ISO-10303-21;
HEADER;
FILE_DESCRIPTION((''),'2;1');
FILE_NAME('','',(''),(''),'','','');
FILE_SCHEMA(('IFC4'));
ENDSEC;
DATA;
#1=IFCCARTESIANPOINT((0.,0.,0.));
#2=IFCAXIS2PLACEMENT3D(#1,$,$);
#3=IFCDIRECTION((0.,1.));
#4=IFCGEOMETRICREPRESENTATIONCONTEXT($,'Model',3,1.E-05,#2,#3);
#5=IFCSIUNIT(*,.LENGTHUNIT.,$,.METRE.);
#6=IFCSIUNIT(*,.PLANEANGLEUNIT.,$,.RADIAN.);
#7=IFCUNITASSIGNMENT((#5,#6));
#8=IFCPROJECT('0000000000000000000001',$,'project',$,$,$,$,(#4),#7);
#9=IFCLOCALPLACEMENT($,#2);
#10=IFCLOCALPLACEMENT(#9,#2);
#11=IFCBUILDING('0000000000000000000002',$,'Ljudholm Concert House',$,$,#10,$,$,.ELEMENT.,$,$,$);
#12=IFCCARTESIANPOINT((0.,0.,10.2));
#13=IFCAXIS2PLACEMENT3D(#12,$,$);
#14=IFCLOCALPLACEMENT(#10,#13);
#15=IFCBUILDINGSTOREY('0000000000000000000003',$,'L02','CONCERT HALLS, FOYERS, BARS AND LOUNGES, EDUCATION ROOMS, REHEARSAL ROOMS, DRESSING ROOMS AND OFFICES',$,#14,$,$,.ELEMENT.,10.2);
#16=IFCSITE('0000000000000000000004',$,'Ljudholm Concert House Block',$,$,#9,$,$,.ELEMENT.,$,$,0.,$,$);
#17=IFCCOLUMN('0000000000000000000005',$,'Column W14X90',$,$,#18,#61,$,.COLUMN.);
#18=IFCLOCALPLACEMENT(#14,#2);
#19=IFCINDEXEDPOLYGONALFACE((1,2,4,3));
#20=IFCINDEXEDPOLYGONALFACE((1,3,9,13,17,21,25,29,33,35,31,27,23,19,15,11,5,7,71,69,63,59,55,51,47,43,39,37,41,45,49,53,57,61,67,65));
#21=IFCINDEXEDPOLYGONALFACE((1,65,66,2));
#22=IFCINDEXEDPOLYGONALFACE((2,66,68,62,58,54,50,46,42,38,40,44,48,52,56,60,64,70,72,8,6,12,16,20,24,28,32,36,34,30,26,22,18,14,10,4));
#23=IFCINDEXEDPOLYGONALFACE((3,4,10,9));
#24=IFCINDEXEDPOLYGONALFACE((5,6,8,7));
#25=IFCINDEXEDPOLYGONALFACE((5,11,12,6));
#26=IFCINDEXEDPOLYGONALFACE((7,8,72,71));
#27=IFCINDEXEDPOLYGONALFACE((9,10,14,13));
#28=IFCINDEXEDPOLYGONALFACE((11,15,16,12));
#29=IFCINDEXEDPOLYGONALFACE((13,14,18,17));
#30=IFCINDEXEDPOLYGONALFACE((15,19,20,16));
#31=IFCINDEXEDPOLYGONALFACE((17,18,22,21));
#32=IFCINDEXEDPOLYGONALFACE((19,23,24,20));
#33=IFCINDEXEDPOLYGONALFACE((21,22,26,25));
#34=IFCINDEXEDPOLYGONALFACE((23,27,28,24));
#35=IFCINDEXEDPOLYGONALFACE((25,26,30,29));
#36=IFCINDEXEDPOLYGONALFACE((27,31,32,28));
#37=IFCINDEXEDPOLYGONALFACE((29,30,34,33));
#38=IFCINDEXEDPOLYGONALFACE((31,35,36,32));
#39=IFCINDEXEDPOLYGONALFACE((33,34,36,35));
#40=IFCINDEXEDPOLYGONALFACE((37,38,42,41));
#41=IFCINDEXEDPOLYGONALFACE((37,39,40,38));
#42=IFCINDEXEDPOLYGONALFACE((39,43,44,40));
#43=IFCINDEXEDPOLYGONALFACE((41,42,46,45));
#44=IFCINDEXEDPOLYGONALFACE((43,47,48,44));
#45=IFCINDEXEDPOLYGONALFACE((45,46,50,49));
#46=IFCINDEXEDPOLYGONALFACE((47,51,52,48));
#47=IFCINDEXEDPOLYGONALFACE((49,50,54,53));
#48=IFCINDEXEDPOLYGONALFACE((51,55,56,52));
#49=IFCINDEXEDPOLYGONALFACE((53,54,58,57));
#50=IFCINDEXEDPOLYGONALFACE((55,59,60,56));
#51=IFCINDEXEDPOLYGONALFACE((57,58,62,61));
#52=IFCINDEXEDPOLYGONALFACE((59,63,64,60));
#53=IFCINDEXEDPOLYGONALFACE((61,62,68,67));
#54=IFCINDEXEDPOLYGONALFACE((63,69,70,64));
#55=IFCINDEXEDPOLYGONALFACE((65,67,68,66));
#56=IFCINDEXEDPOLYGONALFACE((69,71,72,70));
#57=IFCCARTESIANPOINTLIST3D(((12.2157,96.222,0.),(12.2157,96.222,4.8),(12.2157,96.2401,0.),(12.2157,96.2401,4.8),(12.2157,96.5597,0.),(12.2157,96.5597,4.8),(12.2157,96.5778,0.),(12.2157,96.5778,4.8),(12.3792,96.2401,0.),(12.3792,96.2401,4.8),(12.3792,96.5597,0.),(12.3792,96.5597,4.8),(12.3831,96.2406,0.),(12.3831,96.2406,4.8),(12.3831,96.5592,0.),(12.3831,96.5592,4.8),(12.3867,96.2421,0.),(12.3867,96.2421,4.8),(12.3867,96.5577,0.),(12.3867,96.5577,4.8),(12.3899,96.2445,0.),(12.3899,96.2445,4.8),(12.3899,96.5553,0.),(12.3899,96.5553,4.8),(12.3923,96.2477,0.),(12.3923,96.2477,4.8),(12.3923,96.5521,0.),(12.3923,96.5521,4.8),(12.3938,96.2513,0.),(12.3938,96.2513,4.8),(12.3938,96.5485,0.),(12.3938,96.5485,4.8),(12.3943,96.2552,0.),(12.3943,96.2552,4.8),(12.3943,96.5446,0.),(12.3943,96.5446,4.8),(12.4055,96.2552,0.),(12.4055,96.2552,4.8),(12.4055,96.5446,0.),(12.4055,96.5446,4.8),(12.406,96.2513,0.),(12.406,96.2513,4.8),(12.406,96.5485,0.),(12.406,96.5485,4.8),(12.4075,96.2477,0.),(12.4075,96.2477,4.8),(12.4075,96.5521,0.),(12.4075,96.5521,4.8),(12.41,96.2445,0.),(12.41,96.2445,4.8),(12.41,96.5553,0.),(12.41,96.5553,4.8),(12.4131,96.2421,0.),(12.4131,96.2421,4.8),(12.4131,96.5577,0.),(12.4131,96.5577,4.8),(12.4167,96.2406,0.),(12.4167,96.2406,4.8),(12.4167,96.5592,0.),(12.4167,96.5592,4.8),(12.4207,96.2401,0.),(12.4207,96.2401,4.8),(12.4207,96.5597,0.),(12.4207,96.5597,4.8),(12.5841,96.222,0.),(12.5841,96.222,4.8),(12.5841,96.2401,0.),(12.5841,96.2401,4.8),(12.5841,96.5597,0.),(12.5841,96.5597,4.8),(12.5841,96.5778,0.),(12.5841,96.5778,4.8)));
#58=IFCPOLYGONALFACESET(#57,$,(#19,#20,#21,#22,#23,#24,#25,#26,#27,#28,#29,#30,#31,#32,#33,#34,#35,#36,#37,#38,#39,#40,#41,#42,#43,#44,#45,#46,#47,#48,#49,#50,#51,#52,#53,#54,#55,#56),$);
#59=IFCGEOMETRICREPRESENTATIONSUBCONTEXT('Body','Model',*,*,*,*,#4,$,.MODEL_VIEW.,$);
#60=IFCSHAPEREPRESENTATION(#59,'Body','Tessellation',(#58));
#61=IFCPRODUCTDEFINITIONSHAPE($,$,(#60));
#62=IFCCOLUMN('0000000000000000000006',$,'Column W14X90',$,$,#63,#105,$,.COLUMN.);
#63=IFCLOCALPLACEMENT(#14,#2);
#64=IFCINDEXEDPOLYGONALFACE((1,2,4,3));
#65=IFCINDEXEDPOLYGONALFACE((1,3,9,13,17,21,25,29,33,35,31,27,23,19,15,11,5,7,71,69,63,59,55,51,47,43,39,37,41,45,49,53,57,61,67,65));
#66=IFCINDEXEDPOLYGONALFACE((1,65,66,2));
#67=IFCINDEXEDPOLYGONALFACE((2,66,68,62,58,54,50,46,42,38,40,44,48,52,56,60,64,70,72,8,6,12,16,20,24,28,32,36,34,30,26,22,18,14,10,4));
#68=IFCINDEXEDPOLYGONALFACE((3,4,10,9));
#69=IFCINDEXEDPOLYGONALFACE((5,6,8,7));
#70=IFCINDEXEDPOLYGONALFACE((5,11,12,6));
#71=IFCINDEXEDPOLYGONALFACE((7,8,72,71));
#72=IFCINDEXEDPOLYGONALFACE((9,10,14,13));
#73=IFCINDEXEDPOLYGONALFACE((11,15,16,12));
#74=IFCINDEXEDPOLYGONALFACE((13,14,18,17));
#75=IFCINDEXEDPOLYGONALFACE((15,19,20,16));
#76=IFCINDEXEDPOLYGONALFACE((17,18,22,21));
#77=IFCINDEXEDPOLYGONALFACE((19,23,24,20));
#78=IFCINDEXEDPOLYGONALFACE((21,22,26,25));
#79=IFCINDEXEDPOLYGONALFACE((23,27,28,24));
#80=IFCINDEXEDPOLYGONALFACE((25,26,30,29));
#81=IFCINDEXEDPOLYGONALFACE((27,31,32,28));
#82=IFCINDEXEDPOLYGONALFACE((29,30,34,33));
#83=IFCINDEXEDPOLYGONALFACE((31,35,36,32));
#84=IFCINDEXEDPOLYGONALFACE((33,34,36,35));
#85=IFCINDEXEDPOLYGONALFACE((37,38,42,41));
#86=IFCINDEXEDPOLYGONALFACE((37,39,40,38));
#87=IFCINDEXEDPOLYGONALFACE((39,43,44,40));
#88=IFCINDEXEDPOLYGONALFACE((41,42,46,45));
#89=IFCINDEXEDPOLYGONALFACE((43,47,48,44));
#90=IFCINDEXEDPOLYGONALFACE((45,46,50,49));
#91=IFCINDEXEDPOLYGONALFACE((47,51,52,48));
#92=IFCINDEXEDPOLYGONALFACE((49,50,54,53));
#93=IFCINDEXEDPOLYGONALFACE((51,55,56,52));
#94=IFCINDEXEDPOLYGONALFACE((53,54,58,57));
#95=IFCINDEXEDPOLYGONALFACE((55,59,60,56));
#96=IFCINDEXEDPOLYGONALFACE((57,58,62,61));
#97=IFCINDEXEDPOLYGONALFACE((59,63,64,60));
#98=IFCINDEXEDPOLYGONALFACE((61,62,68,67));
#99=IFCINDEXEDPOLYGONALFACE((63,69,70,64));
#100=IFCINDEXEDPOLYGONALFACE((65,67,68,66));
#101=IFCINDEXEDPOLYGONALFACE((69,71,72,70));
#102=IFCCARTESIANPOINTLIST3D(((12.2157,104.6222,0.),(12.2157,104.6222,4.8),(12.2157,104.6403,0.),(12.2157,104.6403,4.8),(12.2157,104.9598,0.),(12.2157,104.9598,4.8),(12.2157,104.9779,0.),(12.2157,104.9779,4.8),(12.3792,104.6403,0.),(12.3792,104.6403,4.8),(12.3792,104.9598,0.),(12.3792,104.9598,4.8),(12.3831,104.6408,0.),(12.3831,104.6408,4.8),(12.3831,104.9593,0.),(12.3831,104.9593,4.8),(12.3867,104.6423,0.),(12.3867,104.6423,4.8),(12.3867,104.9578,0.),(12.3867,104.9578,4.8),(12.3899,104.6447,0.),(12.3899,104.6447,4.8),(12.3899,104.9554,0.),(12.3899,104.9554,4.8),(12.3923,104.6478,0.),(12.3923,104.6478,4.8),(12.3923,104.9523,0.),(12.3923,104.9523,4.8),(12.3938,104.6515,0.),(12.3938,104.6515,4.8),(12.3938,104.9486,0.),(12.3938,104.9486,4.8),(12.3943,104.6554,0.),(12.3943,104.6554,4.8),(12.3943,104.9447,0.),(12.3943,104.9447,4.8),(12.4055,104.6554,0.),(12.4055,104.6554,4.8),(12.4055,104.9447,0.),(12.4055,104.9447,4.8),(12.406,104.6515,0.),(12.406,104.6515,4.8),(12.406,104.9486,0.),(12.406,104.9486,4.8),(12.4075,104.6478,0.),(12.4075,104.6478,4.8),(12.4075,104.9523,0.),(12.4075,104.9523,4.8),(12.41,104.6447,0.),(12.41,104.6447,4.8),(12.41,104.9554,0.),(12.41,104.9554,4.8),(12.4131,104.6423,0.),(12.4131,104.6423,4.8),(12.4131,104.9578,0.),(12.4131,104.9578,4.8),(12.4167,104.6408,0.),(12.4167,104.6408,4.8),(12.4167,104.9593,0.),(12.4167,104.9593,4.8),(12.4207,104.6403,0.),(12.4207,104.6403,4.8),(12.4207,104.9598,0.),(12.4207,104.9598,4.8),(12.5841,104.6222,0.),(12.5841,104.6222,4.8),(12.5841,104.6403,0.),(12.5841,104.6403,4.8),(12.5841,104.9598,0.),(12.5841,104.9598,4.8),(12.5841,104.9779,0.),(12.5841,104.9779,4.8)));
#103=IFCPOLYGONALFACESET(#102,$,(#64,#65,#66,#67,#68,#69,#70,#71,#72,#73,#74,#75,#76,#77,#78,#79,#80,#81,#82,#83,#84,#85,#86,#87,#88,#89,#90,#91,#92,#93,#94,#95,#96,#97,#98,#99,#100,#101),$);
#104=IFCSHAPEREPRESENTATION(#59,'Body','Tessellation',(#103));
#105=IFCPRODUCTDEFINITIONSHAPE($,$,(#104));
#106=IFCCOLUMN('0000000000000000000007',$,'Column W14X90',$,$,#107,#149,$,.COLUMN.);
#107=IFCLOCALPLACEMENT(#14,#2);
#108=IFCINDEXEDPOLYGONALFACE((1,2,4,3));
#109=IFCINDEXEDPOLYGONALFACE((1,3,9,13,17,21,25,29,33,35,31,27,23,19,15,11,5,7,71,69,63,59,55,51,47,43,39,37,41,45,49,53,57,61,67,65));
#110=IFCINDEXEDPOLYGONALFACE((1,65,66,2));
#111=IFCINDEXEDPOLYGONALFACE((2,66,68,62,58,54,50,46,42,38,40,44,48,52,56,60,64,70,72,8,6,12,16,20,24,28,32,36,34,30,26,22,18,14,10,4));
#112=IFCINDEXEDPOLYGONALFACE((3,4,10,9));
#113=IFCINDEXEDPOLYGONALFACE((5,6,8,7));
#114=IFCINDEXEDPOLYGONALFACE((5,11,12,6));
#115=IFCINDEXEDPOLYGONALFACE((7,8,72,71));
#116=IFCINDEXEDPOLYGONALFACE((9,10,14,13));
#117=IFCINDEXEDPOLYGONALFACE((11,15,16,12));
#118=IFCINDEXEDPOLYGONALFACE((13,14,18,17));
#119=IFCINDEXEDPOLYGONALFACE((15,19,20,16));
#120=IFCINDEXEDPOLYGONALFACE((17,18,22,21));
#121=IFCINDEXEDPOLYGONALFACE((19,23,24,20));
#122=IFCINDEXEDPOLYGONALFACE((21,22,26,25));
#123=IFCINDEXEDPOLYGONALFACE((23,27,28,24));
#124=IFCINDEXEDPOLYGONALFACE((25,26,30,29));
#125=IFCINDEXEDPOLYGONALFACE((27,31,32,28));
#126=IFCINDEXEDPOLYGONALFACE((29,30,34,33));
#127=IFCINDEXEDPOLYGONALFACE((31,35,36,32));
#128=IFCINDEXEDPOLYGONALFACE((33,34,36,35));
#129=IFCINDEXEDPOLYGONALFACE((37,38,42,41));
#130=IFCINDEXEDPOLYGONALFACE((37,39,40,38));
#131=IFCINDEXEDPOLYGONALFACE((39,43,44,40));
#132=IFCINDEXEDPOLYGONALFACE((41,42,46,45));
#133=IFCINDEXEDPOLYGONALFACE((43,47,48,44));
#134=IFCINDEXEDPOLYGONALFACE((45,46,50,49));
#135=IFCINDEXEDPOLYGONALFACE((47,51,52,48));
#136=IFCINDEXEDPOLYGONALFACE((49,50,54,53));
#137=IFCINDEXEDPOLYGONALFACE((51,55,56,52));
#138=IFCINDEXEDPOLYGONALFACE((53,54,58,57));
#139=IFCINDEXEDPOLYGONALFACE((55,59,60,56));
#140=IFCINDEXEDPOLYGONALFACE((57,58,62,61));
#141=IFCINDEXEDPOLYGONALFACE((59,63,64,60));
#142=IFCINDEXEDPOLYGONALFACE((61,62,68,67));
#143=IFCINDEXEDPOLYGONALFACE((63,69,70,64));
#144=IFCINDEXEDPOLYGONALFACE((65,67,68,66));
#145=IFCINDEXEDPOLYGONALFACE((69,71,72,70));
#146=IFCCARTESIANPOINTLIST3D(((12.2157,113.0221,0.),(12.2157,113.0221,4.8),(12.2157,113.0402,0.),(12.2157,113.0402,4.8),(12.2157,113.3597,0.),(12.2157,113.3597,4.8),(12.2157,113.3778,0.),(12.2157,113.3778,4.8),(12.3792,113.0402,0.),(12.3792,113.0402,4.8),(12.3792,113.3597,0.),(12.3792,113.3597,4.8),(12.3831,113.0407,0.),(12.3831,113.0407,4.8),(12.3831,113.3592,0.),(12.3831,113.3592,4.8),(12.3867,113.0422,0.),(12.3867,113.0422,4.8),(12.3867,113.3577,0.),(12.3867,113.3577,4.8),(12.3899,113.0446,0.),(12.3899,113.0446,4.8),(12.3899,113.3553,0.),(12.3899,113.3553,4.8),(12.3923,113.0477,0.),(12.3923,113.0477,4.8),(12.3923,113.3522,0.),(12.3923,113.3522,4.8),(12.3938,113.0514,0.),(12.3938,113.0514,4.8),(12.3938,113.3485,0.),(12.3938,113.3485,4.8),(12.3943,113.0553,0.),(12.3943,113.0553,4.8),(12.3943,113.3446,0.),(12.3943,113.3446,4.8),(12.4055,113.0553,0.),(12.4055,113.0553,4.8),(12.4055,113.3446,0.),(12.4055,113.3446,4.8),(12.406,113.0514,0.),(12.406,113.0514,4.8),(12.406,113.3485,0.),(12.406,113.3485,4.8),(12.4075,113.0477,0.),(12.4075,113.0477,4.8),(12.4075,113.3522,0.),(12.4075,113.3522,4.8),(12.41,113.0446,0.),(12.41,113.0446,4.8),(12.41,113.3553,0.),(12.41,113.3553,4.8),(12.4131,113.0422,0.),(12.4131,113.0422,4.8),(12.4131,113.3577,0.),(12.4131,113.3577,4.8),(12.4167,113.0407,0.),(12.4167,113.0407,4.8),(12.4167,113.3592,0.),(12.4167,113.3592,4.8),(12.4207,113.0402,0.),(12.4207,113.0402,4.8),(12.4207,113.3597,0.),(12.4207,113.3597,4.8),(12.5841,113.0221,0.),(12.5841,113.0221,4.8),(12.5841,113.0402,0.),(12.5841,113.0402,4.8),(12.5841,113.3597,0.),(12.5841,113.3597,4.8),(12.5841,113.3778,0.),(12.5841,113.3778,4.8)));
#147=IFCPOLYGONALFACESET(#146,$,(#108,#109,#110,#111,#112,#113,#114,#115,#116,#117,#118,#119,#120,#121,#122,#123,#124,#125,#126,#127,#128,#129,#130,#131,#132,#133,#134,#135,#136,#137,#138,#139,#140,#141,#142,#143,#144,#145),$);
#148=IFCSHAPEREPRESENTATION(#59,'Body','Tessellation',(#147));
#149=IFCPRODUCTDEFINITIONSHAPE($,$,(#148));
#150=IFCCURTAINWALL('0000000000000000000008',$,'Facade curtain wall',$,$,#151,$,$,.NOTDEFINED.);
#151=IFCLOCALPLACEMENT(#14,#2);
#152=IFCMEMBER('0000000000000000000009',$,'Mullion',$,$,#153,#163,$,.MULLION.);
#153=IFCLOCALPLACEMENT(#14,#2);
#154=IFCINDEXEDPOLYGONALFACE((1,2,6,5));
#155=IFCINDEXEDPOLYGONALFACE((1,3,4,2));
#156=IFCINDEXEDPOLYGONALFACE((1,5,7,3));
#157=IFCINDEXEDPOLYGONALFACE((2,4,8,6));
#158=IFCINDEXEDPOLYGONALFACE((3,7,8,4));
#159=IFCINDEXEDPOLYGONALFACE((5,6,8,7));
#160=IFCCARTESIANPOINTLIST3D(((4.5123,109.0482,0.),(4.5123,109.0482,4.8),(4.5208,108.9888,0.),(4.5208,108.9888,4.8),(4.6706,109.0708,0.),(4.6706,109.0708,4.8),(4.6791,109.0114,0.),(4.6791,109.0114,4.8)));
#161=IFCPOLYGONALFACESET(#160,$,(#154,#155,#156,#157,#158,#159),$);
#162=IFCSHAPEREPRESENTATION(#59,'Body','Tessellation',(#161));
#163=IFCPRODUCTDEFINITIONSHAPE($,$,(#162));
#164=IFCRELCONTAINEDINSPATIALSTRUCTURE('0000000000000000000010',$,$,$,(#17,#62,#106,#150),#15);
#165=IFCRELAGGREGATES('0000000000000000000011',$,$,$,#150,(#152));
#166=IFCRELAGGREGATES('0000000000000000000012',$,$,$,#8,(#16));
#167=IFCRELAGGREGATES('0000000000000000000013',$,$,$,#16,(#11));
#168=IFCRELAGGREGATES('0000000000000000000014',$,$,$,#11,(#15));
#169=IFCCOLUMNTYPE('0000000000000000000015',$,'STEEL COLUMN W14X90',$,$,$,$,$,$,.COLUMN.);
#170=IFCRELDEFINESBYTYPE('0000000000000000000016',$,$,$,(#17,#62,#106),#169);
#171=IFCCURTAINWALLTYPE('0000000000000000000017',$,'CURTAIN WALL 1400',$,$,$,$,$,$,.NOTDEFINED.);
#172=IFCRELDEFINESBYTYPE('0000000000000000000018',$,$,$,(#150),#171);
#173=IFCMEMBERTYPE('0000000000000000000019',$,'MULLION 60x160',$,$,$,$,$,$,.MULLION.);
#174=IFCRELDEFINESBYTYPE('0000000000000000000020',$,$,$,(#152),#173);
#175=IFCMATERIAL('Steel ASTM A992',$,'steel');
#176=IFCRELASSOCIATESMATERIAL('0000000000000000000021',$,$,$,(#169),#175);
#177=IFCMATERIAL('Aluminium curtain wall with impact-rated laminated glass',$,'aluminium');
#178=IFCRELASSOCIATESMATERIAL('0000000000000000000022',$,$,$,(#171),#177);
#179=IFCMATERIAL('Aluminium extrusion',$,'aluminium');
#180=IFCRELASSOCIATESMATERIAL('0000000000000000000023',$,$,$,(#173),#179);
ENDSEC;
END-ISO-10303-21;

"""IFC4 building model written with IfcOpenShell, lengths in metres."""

from ifc_helpers import new_model, si_unit, direction, frame, origin, origin_2d, place, context, subcontext, project, spatial, rectangle, i_section, extrude, material, material_profile, profile_set, type_object, element, aggregate, save


model = new_model("IFC4")

# Units and contexts
model_context = context("Model", 3, precision=1e-05, world=origin(), true_north=direction((0.0, 1.0)))
body_context = subcontext(model_context, "Body", "Model", "MODEL_VIEW")
ifc_project = project(units=[si_unit("LENGTHUNIT", "METRE"), si_unit("PLANEANGLEUNIT", "RADIAN")], contexts=[model_context])

# Site, building, storey
site_placement = place(None, origin())
site = spatial("IfcSite", under=ifc_project, at=site_placement, Name="Ljudholm Concert House Block", CompositionType="ELEMENT", RefElevation=0.0)
building_placement = place(site_placement, origin())
building = spatial("IfcBuilding", under=site, at=building_placement, Name="Ljudholm Concert House", CompositionType="ELEMENT")
storey_placement = place(building_placement, frame((0.0, 0.0, 10.2)))
storey = spatial("IfcBuildingStorey", under=building, at=storey_placement, Name="L02", Description="CONCERT HALLS, FOYERS, BARS AND LOUNGES, EDUCATION ROOMS, REHEARSAL ROOMS, DRESSING ROOMS AND OFFICES", CompositionType="ELEMENT", Elevation=10.2)

# Columns
ifc_material_1 = material(Name="Steel ASTM A992", Category="steel")
ifc_material_profile_1 = material_profile(ifc_material_1, i_section(OverallWidth=0.3684, OverallDepth=0.3557, WebThickness=0.0112, FlangeThickness=0.0181, FilletRadius=0.0151, at=origin_2d()), Name="W14X90")
ifc_profile_set_1 = profile_set([ifc_material_profile_1], Name="Steel ASTM A992")
column_type = type_object("IfcColumnType", Name="STEEL COLUMN W14X90", PredefinedType="COLUMN", material=ifc_profile_set_1)
for number, where, z_axis, x_axis, name in (
    (1, (12.3999, 96.3999, 0.0), (0.0, 0.0, 1.0), (1.0, 0.0, 0.0), "Column W14X90"),
    (2, (12.3999, 104.8, 0.0), (0.0, 0.0, 1.0), (1.0, 0.0, 0.0), "Column W14X90"),
    (3, (12.3999, 113.2, 0.0), (0.0, 0.0, 1.0), (1.0, 0.0, 0.0), "Column W14X90"),
):
    element("IfcColumn", number, at=place(storey_placement, frame(where, z_axis=z_axis, x_axis=x_axis)), inside=storey, type_object=column_type, Name=name, PredefinedType="COLUMN", context=body_context, shape_type="SweptSolid", body=[
        extrude(i_section(OverallWidth=0.3684, OverallDepth=0.3557, WebThickness=0.0112, FlangeThickness=0.0181, FilletRadius=0.0151, at=origin_2d()), origin(), (0.0, 0.0, 1.0), 4.8),
    ])

# Curtain wall, member
ifc_material_2 = material(Name="Aluminium curtain wall with impact-rated laminated glass", Category="aluminium")
curtain_wall_type = type_object("IfcCurtainWallType", Name="CURTAIN WALL 1400", PredefinedType="NOTDEFINED", material=ifc_material_2)
curtain_wall_placement = place(storey_placement, origin())
curtain_wall = element("IfcCurtainWall", 4, at=curtain_wall_placement, inside=storey, type_object=curtain_wall_type, Name="Facade curtain wall", PredefinedType="NOTDEFINED")
ifc_material_3 = material(Name="Aluminium extrusion", Category="aluminium")
ifc_material_profile_2 = material_profile(ifc_material_3, rectangle(XDim=0.1599, YDim=0.0601, at=origin_2d()), Name="MULLION 60x160")
ifc_profile_set_2 = profile_set([ifc_material_profile_2], Name="Aluminium extrusion")
member_type = type_object("IfcMemberType", Name="MULLION 60x160", PredefinedType="MULLION", material=ifc_profile_set_2)
member_placement = place(storey_placement, frame((4.5957, 109.0298, 0.0), z_axis=(0.0, 0.0, 1.0), x_axis=(-0.989949, -0.141421, 0.0)))
member = element("IfcMember", 5, at=member_placement, type_object=member_type, Name="Mullion", PredefinedType="MULLION", context=body_context, shape_type="SweptSolid", body=[
    extrude(rectangle(XDim=0.1599, YDim=0.0601, at=origin_2d()), origin(), (0.0, 0.0, 1.0), 4.8),
])
aggregate(curtain_wall, [member])

save(model, "model.ifc")
